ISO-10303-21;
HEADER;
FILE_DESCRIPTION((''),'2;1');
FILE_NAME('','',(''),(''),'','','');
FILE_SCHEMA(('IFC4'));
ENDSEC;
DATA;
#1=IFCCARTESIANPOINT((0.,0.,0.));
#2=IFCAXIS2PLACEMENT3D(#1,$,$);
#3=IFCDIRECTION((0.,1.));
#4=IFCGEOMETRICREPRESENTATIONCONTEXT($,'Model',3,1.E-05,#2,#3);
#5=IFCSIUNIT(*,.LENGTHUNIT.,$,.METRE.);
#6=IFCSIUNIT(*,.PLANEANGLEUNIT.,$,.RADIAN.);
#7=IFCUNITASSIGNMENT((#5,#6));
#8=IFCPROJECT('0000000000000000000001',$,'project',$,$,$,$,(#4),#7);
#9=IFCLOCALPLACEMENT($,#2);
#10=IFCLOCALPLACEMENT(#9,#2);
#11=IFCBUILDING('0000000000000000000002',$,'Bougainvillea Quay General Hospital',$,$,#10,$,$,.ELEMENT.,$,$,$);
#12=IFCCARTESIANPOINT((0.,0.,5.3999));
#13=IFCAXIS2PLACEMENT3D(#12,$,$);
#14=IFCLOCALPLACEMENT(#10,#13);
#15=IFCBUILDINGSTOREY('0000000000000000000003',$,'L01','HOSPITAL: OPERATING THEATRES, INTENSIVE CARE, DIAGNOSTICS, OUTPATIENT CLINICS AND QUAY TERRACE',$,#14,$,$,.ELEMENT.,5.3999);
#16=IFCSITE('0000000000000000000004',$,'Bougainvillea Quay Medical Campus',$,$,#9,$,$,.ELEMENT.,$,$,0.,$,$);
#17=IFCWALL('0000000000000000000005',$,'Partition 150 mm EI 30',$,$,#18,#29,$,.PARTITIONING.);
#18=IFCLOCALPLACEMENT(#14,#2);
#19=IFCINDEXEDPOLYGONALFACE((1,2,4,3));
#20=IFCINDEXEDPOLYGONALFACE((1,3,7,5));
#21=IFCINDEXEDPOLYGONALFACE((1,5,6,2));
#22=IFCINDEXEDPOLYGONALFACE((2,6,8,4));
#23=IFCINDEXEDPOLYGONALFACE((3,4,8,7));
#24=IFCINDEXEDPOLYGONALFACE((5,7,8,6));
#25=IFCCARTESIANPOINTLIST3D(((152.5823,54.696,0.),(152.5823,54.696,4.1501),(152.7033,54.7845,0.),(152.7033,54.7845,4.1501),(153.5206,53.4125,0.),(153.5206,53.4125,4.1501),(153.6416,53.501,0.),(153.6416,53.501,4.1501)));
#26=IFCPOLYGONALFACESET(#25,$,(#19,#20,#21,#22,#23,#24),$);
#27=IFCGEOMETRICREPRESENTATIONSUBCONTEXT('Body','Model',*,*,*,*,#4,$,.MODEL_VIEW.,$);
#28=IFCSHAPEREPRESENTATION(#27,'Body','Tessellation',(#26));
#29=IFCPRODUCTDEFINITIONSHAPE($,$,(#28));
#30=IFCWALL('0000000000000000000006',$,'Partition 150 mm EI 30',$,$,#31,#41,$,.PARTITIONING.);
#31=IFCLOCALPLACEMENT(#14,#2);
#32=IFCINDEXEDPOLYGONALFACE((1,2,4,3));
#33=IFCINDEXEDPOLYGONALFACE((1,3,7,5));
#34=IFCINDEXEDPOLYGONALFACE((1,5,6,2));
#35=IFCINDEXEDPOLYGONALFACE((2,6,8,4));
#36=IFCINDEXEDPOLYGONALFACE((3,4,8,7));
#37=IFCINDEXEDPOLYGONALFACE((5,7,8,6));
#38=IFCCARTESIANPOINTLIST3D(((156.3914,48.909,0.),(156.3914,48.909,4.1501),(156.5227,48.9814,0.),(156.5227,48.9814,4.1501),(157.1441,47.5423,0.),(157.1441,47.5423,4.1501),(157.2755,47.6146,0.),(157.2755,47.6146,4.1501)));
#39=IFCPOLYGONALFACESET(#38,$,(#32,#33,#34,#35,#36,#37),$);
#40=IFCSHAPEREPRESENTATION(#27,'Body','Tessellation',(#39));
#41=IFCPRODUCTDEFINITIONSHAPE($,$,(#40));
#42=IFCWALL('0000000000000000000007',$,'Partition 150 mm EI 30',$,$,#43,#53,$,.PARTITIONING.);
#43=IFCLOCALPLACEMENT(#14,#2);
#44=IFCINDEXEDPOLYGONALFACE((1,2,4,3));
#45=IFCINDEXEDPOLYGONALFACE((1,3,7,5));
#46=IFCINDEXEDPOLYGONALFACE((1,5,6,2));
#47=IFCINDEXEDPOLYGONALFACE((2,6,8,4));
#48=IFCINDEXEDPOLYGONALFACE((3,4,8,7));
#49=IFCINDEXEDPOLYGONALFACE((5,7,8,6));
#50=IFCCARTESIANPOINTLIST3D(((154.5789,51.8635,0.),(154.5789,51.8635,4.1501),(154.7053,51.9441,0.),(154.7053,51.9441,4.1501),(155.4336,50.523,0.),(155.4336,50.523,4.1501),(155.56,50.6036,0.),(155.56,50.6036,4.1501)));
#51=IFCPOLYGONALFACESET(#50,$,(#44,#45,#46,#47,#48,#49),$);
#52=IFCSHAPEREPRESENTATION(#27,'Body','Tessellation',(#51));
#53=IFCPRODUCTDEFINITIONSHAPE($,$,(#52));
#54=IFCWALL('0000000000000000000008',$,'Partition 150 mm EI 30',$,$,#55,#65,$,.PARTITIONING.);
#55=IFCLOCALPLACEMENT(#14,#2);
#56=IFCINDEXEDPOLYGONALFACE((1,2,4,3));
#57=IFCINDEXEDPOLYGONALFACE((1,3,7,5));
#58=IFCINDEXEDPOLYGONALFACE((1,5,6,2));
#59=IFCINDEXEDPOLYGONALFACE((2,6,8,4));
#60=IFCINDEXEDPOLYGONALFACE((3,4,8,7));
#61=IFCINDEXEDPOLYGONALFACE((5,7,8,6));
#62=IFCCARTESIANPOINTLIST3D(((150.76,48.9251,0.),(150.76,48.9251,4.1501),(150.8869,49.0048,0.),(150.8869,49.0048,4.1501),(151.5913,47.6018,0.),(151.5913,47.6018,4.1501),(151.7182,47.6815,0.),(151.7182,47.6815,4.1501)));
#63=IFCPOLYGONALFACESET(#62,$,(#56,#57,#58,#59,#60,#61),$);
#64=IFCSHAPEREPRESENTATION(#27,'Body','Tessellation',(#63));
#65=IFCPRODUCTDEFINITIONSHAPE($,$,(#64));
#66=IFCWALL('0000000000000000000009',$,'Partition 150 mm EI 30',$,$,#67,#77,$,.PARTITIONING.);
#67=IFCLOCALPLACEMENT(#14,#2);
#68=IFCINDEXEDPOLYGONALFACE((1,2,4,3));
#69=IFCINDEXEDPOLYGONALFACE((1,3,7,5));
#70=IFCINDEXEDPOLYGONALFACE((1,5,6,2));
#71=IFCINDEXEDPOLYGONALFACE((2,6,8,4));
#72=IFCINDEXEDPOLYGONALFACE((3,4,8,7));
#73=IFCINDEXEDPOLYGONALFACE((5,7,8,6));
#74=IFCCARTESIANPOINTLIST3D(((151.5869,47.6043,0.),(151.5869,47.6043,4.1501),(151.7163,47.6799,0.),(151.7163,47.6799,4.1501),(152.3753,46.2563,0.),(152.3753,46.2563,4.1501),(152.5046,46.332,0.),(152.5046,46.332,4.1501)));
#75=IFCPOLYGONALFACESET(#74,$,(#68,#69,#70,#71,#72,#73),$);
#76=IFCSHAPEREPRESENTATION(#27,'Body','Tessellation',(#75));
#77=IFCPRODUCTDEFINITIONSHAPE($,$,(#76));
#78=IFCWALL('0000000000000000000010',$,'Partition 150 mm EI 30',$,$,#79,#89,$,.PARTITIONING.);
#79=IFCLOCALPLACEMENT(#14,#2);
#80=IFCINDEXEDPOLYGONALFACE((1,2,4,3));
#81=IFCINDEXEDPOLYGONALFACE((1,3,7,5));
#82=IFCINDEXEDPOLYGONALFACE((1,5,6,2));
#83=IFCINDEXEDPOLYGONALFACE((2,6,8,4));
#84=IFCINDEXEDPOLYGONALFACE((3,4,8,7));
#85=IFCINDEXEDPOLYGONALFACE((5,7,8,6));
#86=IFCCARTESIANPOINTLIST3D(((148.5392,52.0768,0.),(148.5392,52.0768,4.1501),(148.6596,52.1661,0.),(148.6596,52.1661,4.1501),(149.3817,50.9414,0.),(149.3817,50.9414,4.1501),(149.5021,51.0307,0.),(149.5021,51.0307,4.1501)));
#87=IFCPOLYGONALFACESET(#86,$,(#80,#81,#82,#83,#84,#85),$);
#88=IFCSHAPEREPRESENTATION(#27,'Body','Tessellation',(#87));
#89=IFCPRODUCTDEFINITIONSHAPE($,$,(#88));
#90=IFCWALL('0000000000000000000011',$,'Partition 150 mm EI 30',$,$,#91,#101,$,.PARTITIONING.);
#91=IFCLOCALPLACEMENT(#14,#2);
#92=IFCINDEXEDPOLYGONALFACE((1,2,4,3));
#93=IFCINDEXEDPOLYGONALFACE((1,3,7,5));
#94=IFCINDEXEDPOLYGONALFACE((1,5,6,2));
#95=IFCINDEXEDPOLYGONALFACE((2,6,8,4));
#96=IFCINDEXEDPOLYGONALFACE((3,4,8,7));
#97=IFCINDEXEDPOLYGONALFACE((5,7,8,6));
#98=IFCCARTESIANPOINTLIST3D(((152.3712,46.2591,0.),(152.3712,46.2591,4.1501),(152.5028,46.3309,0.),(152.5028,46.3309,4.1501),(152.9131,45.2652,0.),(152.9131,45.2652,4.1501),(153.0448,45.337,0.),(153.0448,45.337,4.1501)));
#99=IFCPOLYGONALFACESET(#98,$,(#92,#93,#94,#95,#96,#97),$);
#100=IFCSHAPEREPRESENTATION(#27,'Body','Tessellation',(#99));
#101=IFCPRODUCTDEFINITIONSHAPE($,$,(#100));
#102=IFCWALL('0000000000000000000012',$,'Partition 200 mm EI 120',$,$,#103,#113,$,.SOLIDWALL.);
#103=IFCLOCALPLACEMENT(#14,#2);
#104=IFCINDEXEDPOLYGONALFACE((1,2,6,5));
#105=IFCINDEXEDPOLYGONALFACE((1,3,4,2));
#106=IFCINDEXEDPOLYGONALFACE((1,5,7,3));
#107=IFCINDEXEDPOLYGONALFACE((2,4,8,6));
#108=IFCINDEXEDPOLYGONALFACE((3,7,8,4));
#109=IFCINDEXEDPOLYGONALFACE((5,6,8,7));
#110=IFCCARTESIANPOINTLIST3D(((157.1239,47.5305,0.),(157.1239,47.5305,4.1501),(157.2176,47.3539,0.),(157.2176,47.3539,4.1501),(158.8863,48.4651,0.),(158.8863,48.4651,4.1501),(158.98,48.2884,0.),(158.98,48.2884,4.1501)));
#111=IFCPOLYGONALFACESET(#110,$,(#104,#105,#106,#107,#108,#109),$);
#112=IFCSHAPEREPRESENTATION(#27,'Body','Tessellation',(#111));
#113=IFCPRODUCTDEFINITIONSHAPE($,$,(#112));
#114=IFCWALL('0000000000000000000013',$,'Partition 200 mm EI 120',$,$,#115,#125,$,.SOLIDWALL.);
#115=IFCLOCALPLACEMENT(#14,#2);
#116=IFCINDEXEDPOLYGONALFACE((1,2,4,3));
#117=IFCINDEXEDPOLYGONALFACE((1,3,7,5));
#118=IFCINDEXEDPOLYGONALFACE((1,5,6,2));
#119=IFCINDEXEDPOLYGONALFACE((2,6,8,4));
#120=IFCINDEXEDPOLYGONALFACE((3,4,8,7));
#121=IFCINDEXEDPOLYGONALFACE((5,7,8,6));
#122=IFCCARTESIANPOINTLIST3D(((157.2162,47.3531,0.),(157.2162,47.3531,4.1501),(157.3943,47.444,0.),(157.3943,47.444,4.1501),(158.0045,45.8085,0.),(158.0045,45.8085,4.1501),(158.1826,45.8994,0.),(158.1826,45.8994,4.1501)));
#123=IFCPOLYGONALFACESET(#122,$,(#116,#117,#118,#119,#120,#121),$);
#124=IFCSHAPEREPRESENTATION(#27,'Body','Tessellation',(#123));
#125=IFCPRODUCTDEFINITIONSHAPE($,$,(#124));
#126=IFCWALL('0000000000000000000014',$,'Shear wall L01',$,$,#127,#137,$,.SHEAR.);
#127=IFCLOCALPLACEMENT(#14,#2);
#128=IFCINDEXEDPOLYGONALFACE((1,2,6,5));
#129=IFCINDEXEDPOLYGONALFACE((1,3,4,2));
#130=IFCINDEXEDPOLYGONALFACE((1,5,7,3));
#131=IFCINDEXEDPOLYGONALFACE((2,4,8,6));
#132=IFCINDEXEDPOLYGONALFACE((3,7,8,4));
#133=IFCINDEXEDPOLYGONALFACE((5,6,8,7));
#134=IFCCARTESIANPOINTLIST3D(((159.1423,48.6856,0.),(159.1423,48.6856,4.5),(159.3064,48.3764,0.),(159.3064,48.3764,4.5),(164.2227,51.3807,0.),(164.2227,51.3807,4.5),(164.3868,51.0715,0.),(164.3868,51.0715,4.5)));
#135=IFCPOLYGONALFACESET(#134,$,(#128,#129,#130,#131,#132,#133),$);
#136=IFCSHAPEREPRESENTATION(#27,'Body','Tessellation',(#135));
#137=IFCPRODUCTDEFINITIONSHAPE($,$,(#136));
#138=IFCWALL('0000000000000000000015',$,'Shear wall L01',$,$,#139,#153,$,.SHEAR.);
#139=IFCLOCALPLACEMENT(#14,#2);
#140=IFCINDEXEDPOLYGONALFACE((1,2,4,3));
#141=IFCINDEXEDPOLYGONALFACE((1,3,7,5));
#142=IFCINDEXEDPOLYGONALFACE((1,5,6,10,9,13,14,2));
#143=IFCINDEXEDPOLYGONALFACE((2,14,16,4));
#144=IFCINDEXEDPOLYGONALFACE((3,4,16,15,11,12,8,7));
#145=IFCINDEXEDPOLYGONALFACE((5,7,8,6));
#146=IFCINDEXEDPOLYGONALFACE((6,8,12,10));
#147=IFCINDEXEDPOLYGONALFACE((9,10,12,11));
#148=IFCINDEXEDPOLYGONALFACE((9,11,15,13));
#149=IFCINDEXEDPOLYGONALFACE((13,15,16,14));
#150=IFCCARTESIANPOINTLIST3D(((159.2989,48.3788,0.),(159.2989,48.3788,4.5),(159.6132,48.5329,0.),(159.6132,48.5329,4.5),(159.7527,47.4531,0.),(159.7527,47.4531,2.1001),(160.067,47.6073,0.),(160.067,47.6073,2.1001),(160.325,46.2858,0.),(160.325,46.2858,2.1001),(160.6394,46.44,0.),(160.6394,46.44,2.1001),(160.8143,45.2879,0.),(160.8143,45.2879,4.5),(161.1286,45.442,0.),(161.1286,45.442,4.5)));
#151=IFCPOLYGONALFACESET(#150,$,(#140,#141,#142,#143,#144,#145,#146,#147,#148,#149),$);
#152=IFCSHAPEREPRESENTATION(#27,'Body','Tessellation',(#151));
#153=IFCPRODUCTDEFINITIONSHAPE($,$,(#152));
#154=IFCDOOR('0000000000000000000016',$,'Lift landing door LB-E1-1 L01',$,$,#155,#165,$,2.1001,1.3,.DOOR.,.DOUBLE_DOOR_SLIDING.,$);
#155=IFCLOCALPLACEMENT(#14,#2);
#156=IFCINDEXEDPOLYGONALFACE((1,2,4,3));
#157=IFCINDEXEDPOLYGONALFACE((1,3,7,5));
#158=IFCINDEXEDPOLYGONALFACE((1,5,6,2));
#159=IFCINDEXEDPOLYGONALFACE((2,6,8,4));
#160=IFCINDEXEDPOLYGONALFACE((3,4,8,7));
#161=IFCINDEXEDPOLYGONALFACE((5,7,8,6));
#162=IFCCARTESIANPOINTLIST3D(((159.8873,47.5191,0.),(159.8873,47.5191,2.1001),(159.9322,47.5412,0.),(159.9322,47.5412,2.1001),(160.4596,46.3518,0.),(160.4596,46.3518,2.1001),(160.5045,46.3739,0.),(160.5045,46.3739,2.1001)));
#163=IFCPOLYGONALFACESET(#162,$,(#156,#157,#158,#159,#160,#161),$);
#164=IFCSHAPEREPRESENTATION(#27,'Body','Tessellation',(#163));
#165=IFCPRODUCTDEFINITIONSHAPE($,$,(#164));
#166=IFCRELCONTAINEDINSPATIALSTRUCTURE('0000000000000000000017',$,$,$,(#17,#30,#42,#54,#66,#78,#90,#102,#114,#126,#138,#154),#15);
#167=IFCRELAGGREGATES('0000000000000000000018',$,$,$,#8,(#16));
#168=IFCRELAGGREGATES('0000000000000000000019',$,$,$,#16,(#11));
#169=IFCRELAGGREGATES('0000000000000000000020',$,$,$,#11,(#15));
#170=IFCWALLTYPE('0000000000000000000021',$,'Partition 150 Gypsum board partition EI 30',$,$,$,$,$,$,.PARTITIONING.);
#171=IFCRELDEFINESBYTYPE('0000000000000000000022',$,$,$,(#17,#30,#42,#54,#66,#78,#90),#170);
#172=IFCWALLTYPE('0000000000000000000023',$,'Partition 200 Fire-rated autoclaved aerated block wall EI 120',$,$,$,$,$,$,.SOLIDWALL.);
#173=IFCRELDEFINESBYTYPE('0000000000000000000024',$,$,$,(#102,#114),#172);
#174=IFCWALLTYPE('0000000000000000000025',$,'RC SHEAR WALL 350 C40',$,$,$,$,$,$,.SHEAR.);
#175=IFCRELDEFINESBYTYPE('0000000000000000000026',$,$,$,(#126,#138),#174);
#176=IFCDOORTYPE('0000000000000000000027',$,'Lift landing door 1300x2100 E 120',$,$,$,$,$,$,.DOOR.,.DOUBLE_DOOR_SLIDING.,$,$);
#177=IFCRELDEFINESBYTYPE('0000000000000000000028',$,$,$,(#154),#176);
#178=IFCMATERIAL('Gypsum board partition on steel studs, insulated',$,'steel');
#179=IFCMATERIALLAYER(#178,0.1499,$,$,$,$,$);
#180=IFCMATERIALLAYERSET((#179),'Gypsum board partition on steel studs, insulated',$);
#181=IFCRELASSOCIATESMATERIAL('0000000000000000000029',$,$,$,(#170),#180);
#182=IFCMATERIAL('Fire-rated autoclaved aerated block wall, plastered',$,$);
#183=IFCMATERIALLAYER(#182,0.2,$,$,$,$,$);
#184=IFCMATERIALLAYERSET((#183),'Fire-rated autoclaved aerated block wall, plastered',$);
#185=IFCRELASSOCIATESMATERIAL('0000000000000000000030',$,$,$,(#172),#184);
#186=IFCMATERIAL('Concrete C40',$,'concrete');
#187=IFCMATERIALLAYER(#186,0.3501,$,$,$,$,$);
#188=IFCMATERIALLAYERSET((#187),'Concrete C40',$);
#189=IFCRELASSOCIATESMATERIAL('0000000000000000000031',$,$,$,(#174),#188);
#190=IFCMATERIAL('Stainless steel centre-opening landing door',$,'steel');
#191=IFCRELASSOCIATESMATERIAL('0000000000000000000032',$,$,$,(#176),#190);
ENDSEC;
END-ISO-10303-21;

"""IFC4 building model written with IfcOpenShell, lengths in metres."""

from ifc_helpers import new_model, si_unit, direction, frame, frame_2d, origin, place, context, subcontext, project, spatial, rectangle, extrude, material, layer, layer_set, type_object, element, fill, save


model = new_model("IFC4")

# Units and contexts
model_context = context("Model", 3, precision=1e-05, world=origin(), true_north=direction((0.0, 1.0)))
body_context = subcontext(model_context, "Body", "Model", "MODEL_VIEW")
ifc_project = project(units=[si_unit("LENGTHUNIT", "METRE"), si_unit("PLANEANGLEUNIT", "RADIAN")], contexts=[model_context])

# Site, building, storey
site_placement = place(None, origin())
site = spatial("IfcSite", under=ifc_project, at=site_placement, Name="Bougainvillea Quay Medical Campus", CompositionType="ELEMENT", RefElevation=0.0)
building_placement = place(site_placement, origin())
building = spatial("IfcBuilding", under=site, at=building_placement, Name="Bougainvillea Quay General Hospital", CompositionType="ELEMENT")
storey_placement = place(building_placement, frame((0.0, 0.0, 5.3999)))
storey = spatial("IfcBuildingStorey", under=building, at=storey_placement, Name="L01", Description="HOSPITAL: OPERATING THEATRES, INTENSIVE CARE, DIAGNOSTICS, OUTPATIENT CLINICS AND QUAY TERRACE", CompositionType="ELEMENT", Elevation=5.3999)

# Shared definitions
ifc_material_1 = material(Name="Gypsum board partition on steel studs, insulated", Category="steel")
ifc_layer_1 = layer(ifc_material_1, 0.1499)
ifc_layer_set_1 = layer_set([ifc_layer_1], Name="Gypsum board partition on steel studs, insulated")
wall_type_1 = type_object("IfcWallType", Name="Partition 150 Gypsum board partition EI 30", PredefinedType="PARTITIONING", material=ifc_layer_set_1)

# Walls
wall_1_placement = place(storey_placement, frame((152.6428, 54.7402, 0.0), z_axis=(0.0, 0.0, 1.0), x_axis=(0.590151, -0.807293, 0.0)))
element("IfcWall", 1, at=wall_1_placement, inside=storey, type_object=wall_type_1, Name="Partition 150 mm EI 30", PredefinedType="PARTITIONING", context=body_context, shape_type="SweptSolid", body=[
    extrude(rectangle(XDim=1.5898, YDim=0.1499, at=frame_2d((0.7949, 0.0))), origin(), (0.0, 0.0, 1.0), 4.1501),
])
wall_2_placement = place(storey_placement, frame((156.457, 48.9453, 0.0), z_axis=(0.0, 0.0, 1.0), x_axis=(0.482411, -0.875945, 0.0)))
element("IfcWall", 2, at=wall_2_placement, inside=storey, type_object=wall_type_1, Name="Partition 150 mm EI 30", PredefinedType="PARTITIONING", context=body_context, shape_type="SweptSolid", body=[
    extrude(rectangle(XDim=1.5603, YDim=0.1499, at=frame_2d((0.7803, 0.0))), origin(), (0.0, 0.0, 1.0), 4.1501),
])
wall_3_placement = place(storey_placement, frame((154.6421, 51.9038, 0.0), z_axis=(0.0, 0.0, 1.0), x_axis=(0.537611, -0.843193, 0.0)))
element("IfcWall", 3, at=wall_3_placement, inside=storey, type_object=wall_type_1, Name="Partition 150 mm EI 30", PredefinedType="PARTITIONING", context=body_context, shape_type="SweptSolid", body=[
    extrude(rectangle(XDim=1.5898, YDim=0.1499, at=frame_2d((0.7949, 0.0))), origin(), (0.0, 0.0, 1.0), 4.1501),
])
wall_4_placement = place(storey_placement, frame((150.8235, 48.9648, 0.0), z_axis=(0.0, 0.0, 1.0), x_axis=(0.531964, -0.846767, 0.0)))
element("IfcWall", 4, at=wall_4_placement, inside=storey, type_object=wall_type_1, Name="Partition 150 mm EI 30", PredefinedType="PARTITIONING", context=body_context, shape_type="SweptSolid", body=[
    extrude(rectangle(XDim=1.5627, YDim=0.1499, at=frame_2d((0.7812, 0.0))), origin(), (0.0, 0.0, 1.0), 4.1501),
])
wall_5_placement = place(storey_placement, frame((151.6516, 47.6421, 0.0), z_axis=(0.0, 0.0, 1.0), x_axis=(0.504853, -0.863206, 0.0)))
element("IfcWall", 5, at=wall_5_placement, inside=storey, type_object=wall_type_1, Name="Partition 150 mm EI 30", PredefinedType="PARTITIONING", context=body_context, shape_type="SweptSolid", body=[
    extrude(rectangle(XDim=1.5615, YDim=0.1499, at=frame_2d((0.7808, 0.0))), origin(), (0.0, 0.0, 1.0), 4.1501),
])
wall_6_placement = place(storey_placement, frame((148.5994, 52.1216, 0.0), z_axis=(0.0, 0.0, 1.0), x_axis=(0.595876, -0.803077, 0.0)))
element("IfcWall", 6, at=wall_6_placement, inside=storey, type_object=wall_type_1, Name="Partition 150 mm EI 30", PredefinedType="PARTITIONING", context=body_context, shape_type="SweptSolid", body=[
    extrude(rectangle(XDim=1.4138, YDim=0.1499, at=frame_2d((0.707, 0.0))), origin(), (0.0, 0.0, 1.0), 4.1501),
])
wall_7_placement = place(storey_placement, frame((152.437, 46.2949, 0.0), z_axis=(0.0, 0.0, 1.0), x_axis=(0.478761, -0.877945, 0.0)))
element("IfcWall", 7, at=wall_7_placement, inside=storey, type_object=wall_type_1, Name="Partition 150 mm EI 30", PredefinedType="PARTITIONING", context=body_context, shape_type="SweptSolid", body=[
    extrude(rectangle(XDim=1.1321, YDim=0.1499, at=frame_2d((0.5659, 0.0))), origin(), (0.0, 0.0, 1.0), 4.1501),
])
ifc_material_2 = material(Name="Fire-rated autoclaved aerated block wall, plastered")
ifc_layer_2 = layer(ifc_material_2, 0.2)
ifc_layer_set_2 = layer_set([ifc_layer_2], Name="Fire-rated autoclaved aerated block wall, plastered")
wall_type_2 = type_object("IfcWallType", Name="Partition 200 Fire-rated autoclaved aerated block wall EI 120", PredefinedType="SOLIDWALL", material=ifc_layer_set_2)
wall_8_placement = place(storey_placement, frame((157.1707, 47.4421, 0.0), z_axis=(0.0, 0.0, 1.0), x_axis=(0.883475, 0.468478, 0.0)))
element("IfcWall", 8, at=wall_8_placement, inside=storey, type_object=wall_type_2, Name="Partition 200 mm EI 120", PredefinedType="SOLIDWALL", context=body_context, shape_type="SweptSolid", body=[
    extrude(rectangle(XDim=1.9949, YDim=0.2, at=frame_2d((0.9976, 0.0))), origin(), (0.0, 0.0, 1.0), 4.1501),
])
wall_9_placement = place(storey_placement, frame((157.3052, 47.3987, 0.0), z_axis=(0.0, 0.0, 1.0), x_axis=(0.454575, -0.890708, 0.0)))
element("IfcWall", 9, at=wall_9_placement, inside=storey, type_object=wall_type_2, Name="Partition 200 mm EI 120", PredefinedType="SOLIDWALL", context=body_context, shape_type="SweptSolid", body=[
    extrude(rectangle(XDim=1.7341, YDim=0.2, at=frame_2d((0.8672, 0.0))), origin(), (0.0, 0.0, 1.0), 4.1501),
])
ifc_material_3 = material(Name="Concrete C40", Category="concrete")
ifc_layer_3 = layer(ifc_material_3, 0.3501)
ifc_layer_set_3 = layer_set([ifc_layer_3], Name="Concrete C40")
wall_type_3 = type_object("IfcWallType", Name="RC SHEAR WALL 350 C40", PredefinedType="SHEAR", material=ifc_layer_set_3)
wall_10_placement = place(storey_placement, frame((159.2244, 48.531, 0.0), z_axis=(0.0, 0.0, 1.0), x_axis=(0.883393, 0.468633, 0.0)))
element("IfcWall", 10, at=wall_10_placement, inside=storey, type_object=wall_type_3, Name="Shear wall L01", PredefinedType="SHEAR", context=body_context, shape_type="SweptSolid", body=[
    extrude(rectangle(XDim=5.751, YDim=0.3501, at=frame_2d((2.8755, 0.0))), origin(), (0.0, 0.0, 1.0), 4.5),
])

# Wall, opening, door
wall_11_placement = place(storey_placement, frame((159.4561, 48.4558, 0.0), z_axis=(0.0, 0.0, 1.0), x_axis=(0.440221, -0.897889, 0.0)))
wall_11 = element("IfcWall", 11, at=wall_11_placement, inside=storey, type_object=wall_type_3, Name="Shear wall L01", PredefinedType="SHEAR", context=body_context, shape_type="SweptSolid", body=[
    extrude(rectangle(XDim=3.4424, YDim=0.3501, at=frame_2d((1.7212, 0.0))), origin(), (0.0, 0.0, 1.0), 4.5),
])
opening_1_placement = place(wall_11_placement, frame((1.031, 0.0, 0.0)))
opening_1 = element("IfcOpeningElement", 12, at=opening_1_placement, cuts=wall_11, PredefinedType="OPENING", context=body_context, shape_type="SweptSolid", body=[
    extrude(rectangle(XDim=1.3, YDim=2.1001, at=frame_2d((0.6499, 1.05))), frame((0.0, 0.1851, 0.0), z_axis=(0.0, -1.0, 0.0), x_axis=(1.0, 0.0, 0.0)), (0.0, 0.0, 1.0), 0.3701),
])
ifc_material_4 = material(Name="Stainless steel centre-opening landing door", Category="steel")
door_type_1 = type_object("IfcDoorType", Name="Lift landing door 1300x2100 E 120", OperationType="DOUBLE_DOOR_SLIDING", PredefinedType="DOOR", material=ifc_material_4)
door_1_placement = place(opening_1_placement, origin())
door_1 = element("IfcDoor", 13, at=door_1_placement, inside=storey, type_object=door_type_1, Name="Lift landing door LB-E1-1 L01", OperationType="DOUBLE_DOOR_SLIDING", OverallHeight=2.1001, OverallWidth=1.3, PredefinedType="DOOR", context=body_context, shape_type="SweptSolid", body=[
    extrude(rectangle(XDim=1.3, YDim=2.1001, at=frame_2d((0.6499, 1.05))), frame((0.0, 0.0249, 0.0), z_axis=(0.0, -1.0, 0.0), x_axis=(1.0, 0.0, 0.0)), (0.0, 0.0, 1.0), 0.05),
])
fill(opening_1, door_1)

save(model, "model.ifc")
